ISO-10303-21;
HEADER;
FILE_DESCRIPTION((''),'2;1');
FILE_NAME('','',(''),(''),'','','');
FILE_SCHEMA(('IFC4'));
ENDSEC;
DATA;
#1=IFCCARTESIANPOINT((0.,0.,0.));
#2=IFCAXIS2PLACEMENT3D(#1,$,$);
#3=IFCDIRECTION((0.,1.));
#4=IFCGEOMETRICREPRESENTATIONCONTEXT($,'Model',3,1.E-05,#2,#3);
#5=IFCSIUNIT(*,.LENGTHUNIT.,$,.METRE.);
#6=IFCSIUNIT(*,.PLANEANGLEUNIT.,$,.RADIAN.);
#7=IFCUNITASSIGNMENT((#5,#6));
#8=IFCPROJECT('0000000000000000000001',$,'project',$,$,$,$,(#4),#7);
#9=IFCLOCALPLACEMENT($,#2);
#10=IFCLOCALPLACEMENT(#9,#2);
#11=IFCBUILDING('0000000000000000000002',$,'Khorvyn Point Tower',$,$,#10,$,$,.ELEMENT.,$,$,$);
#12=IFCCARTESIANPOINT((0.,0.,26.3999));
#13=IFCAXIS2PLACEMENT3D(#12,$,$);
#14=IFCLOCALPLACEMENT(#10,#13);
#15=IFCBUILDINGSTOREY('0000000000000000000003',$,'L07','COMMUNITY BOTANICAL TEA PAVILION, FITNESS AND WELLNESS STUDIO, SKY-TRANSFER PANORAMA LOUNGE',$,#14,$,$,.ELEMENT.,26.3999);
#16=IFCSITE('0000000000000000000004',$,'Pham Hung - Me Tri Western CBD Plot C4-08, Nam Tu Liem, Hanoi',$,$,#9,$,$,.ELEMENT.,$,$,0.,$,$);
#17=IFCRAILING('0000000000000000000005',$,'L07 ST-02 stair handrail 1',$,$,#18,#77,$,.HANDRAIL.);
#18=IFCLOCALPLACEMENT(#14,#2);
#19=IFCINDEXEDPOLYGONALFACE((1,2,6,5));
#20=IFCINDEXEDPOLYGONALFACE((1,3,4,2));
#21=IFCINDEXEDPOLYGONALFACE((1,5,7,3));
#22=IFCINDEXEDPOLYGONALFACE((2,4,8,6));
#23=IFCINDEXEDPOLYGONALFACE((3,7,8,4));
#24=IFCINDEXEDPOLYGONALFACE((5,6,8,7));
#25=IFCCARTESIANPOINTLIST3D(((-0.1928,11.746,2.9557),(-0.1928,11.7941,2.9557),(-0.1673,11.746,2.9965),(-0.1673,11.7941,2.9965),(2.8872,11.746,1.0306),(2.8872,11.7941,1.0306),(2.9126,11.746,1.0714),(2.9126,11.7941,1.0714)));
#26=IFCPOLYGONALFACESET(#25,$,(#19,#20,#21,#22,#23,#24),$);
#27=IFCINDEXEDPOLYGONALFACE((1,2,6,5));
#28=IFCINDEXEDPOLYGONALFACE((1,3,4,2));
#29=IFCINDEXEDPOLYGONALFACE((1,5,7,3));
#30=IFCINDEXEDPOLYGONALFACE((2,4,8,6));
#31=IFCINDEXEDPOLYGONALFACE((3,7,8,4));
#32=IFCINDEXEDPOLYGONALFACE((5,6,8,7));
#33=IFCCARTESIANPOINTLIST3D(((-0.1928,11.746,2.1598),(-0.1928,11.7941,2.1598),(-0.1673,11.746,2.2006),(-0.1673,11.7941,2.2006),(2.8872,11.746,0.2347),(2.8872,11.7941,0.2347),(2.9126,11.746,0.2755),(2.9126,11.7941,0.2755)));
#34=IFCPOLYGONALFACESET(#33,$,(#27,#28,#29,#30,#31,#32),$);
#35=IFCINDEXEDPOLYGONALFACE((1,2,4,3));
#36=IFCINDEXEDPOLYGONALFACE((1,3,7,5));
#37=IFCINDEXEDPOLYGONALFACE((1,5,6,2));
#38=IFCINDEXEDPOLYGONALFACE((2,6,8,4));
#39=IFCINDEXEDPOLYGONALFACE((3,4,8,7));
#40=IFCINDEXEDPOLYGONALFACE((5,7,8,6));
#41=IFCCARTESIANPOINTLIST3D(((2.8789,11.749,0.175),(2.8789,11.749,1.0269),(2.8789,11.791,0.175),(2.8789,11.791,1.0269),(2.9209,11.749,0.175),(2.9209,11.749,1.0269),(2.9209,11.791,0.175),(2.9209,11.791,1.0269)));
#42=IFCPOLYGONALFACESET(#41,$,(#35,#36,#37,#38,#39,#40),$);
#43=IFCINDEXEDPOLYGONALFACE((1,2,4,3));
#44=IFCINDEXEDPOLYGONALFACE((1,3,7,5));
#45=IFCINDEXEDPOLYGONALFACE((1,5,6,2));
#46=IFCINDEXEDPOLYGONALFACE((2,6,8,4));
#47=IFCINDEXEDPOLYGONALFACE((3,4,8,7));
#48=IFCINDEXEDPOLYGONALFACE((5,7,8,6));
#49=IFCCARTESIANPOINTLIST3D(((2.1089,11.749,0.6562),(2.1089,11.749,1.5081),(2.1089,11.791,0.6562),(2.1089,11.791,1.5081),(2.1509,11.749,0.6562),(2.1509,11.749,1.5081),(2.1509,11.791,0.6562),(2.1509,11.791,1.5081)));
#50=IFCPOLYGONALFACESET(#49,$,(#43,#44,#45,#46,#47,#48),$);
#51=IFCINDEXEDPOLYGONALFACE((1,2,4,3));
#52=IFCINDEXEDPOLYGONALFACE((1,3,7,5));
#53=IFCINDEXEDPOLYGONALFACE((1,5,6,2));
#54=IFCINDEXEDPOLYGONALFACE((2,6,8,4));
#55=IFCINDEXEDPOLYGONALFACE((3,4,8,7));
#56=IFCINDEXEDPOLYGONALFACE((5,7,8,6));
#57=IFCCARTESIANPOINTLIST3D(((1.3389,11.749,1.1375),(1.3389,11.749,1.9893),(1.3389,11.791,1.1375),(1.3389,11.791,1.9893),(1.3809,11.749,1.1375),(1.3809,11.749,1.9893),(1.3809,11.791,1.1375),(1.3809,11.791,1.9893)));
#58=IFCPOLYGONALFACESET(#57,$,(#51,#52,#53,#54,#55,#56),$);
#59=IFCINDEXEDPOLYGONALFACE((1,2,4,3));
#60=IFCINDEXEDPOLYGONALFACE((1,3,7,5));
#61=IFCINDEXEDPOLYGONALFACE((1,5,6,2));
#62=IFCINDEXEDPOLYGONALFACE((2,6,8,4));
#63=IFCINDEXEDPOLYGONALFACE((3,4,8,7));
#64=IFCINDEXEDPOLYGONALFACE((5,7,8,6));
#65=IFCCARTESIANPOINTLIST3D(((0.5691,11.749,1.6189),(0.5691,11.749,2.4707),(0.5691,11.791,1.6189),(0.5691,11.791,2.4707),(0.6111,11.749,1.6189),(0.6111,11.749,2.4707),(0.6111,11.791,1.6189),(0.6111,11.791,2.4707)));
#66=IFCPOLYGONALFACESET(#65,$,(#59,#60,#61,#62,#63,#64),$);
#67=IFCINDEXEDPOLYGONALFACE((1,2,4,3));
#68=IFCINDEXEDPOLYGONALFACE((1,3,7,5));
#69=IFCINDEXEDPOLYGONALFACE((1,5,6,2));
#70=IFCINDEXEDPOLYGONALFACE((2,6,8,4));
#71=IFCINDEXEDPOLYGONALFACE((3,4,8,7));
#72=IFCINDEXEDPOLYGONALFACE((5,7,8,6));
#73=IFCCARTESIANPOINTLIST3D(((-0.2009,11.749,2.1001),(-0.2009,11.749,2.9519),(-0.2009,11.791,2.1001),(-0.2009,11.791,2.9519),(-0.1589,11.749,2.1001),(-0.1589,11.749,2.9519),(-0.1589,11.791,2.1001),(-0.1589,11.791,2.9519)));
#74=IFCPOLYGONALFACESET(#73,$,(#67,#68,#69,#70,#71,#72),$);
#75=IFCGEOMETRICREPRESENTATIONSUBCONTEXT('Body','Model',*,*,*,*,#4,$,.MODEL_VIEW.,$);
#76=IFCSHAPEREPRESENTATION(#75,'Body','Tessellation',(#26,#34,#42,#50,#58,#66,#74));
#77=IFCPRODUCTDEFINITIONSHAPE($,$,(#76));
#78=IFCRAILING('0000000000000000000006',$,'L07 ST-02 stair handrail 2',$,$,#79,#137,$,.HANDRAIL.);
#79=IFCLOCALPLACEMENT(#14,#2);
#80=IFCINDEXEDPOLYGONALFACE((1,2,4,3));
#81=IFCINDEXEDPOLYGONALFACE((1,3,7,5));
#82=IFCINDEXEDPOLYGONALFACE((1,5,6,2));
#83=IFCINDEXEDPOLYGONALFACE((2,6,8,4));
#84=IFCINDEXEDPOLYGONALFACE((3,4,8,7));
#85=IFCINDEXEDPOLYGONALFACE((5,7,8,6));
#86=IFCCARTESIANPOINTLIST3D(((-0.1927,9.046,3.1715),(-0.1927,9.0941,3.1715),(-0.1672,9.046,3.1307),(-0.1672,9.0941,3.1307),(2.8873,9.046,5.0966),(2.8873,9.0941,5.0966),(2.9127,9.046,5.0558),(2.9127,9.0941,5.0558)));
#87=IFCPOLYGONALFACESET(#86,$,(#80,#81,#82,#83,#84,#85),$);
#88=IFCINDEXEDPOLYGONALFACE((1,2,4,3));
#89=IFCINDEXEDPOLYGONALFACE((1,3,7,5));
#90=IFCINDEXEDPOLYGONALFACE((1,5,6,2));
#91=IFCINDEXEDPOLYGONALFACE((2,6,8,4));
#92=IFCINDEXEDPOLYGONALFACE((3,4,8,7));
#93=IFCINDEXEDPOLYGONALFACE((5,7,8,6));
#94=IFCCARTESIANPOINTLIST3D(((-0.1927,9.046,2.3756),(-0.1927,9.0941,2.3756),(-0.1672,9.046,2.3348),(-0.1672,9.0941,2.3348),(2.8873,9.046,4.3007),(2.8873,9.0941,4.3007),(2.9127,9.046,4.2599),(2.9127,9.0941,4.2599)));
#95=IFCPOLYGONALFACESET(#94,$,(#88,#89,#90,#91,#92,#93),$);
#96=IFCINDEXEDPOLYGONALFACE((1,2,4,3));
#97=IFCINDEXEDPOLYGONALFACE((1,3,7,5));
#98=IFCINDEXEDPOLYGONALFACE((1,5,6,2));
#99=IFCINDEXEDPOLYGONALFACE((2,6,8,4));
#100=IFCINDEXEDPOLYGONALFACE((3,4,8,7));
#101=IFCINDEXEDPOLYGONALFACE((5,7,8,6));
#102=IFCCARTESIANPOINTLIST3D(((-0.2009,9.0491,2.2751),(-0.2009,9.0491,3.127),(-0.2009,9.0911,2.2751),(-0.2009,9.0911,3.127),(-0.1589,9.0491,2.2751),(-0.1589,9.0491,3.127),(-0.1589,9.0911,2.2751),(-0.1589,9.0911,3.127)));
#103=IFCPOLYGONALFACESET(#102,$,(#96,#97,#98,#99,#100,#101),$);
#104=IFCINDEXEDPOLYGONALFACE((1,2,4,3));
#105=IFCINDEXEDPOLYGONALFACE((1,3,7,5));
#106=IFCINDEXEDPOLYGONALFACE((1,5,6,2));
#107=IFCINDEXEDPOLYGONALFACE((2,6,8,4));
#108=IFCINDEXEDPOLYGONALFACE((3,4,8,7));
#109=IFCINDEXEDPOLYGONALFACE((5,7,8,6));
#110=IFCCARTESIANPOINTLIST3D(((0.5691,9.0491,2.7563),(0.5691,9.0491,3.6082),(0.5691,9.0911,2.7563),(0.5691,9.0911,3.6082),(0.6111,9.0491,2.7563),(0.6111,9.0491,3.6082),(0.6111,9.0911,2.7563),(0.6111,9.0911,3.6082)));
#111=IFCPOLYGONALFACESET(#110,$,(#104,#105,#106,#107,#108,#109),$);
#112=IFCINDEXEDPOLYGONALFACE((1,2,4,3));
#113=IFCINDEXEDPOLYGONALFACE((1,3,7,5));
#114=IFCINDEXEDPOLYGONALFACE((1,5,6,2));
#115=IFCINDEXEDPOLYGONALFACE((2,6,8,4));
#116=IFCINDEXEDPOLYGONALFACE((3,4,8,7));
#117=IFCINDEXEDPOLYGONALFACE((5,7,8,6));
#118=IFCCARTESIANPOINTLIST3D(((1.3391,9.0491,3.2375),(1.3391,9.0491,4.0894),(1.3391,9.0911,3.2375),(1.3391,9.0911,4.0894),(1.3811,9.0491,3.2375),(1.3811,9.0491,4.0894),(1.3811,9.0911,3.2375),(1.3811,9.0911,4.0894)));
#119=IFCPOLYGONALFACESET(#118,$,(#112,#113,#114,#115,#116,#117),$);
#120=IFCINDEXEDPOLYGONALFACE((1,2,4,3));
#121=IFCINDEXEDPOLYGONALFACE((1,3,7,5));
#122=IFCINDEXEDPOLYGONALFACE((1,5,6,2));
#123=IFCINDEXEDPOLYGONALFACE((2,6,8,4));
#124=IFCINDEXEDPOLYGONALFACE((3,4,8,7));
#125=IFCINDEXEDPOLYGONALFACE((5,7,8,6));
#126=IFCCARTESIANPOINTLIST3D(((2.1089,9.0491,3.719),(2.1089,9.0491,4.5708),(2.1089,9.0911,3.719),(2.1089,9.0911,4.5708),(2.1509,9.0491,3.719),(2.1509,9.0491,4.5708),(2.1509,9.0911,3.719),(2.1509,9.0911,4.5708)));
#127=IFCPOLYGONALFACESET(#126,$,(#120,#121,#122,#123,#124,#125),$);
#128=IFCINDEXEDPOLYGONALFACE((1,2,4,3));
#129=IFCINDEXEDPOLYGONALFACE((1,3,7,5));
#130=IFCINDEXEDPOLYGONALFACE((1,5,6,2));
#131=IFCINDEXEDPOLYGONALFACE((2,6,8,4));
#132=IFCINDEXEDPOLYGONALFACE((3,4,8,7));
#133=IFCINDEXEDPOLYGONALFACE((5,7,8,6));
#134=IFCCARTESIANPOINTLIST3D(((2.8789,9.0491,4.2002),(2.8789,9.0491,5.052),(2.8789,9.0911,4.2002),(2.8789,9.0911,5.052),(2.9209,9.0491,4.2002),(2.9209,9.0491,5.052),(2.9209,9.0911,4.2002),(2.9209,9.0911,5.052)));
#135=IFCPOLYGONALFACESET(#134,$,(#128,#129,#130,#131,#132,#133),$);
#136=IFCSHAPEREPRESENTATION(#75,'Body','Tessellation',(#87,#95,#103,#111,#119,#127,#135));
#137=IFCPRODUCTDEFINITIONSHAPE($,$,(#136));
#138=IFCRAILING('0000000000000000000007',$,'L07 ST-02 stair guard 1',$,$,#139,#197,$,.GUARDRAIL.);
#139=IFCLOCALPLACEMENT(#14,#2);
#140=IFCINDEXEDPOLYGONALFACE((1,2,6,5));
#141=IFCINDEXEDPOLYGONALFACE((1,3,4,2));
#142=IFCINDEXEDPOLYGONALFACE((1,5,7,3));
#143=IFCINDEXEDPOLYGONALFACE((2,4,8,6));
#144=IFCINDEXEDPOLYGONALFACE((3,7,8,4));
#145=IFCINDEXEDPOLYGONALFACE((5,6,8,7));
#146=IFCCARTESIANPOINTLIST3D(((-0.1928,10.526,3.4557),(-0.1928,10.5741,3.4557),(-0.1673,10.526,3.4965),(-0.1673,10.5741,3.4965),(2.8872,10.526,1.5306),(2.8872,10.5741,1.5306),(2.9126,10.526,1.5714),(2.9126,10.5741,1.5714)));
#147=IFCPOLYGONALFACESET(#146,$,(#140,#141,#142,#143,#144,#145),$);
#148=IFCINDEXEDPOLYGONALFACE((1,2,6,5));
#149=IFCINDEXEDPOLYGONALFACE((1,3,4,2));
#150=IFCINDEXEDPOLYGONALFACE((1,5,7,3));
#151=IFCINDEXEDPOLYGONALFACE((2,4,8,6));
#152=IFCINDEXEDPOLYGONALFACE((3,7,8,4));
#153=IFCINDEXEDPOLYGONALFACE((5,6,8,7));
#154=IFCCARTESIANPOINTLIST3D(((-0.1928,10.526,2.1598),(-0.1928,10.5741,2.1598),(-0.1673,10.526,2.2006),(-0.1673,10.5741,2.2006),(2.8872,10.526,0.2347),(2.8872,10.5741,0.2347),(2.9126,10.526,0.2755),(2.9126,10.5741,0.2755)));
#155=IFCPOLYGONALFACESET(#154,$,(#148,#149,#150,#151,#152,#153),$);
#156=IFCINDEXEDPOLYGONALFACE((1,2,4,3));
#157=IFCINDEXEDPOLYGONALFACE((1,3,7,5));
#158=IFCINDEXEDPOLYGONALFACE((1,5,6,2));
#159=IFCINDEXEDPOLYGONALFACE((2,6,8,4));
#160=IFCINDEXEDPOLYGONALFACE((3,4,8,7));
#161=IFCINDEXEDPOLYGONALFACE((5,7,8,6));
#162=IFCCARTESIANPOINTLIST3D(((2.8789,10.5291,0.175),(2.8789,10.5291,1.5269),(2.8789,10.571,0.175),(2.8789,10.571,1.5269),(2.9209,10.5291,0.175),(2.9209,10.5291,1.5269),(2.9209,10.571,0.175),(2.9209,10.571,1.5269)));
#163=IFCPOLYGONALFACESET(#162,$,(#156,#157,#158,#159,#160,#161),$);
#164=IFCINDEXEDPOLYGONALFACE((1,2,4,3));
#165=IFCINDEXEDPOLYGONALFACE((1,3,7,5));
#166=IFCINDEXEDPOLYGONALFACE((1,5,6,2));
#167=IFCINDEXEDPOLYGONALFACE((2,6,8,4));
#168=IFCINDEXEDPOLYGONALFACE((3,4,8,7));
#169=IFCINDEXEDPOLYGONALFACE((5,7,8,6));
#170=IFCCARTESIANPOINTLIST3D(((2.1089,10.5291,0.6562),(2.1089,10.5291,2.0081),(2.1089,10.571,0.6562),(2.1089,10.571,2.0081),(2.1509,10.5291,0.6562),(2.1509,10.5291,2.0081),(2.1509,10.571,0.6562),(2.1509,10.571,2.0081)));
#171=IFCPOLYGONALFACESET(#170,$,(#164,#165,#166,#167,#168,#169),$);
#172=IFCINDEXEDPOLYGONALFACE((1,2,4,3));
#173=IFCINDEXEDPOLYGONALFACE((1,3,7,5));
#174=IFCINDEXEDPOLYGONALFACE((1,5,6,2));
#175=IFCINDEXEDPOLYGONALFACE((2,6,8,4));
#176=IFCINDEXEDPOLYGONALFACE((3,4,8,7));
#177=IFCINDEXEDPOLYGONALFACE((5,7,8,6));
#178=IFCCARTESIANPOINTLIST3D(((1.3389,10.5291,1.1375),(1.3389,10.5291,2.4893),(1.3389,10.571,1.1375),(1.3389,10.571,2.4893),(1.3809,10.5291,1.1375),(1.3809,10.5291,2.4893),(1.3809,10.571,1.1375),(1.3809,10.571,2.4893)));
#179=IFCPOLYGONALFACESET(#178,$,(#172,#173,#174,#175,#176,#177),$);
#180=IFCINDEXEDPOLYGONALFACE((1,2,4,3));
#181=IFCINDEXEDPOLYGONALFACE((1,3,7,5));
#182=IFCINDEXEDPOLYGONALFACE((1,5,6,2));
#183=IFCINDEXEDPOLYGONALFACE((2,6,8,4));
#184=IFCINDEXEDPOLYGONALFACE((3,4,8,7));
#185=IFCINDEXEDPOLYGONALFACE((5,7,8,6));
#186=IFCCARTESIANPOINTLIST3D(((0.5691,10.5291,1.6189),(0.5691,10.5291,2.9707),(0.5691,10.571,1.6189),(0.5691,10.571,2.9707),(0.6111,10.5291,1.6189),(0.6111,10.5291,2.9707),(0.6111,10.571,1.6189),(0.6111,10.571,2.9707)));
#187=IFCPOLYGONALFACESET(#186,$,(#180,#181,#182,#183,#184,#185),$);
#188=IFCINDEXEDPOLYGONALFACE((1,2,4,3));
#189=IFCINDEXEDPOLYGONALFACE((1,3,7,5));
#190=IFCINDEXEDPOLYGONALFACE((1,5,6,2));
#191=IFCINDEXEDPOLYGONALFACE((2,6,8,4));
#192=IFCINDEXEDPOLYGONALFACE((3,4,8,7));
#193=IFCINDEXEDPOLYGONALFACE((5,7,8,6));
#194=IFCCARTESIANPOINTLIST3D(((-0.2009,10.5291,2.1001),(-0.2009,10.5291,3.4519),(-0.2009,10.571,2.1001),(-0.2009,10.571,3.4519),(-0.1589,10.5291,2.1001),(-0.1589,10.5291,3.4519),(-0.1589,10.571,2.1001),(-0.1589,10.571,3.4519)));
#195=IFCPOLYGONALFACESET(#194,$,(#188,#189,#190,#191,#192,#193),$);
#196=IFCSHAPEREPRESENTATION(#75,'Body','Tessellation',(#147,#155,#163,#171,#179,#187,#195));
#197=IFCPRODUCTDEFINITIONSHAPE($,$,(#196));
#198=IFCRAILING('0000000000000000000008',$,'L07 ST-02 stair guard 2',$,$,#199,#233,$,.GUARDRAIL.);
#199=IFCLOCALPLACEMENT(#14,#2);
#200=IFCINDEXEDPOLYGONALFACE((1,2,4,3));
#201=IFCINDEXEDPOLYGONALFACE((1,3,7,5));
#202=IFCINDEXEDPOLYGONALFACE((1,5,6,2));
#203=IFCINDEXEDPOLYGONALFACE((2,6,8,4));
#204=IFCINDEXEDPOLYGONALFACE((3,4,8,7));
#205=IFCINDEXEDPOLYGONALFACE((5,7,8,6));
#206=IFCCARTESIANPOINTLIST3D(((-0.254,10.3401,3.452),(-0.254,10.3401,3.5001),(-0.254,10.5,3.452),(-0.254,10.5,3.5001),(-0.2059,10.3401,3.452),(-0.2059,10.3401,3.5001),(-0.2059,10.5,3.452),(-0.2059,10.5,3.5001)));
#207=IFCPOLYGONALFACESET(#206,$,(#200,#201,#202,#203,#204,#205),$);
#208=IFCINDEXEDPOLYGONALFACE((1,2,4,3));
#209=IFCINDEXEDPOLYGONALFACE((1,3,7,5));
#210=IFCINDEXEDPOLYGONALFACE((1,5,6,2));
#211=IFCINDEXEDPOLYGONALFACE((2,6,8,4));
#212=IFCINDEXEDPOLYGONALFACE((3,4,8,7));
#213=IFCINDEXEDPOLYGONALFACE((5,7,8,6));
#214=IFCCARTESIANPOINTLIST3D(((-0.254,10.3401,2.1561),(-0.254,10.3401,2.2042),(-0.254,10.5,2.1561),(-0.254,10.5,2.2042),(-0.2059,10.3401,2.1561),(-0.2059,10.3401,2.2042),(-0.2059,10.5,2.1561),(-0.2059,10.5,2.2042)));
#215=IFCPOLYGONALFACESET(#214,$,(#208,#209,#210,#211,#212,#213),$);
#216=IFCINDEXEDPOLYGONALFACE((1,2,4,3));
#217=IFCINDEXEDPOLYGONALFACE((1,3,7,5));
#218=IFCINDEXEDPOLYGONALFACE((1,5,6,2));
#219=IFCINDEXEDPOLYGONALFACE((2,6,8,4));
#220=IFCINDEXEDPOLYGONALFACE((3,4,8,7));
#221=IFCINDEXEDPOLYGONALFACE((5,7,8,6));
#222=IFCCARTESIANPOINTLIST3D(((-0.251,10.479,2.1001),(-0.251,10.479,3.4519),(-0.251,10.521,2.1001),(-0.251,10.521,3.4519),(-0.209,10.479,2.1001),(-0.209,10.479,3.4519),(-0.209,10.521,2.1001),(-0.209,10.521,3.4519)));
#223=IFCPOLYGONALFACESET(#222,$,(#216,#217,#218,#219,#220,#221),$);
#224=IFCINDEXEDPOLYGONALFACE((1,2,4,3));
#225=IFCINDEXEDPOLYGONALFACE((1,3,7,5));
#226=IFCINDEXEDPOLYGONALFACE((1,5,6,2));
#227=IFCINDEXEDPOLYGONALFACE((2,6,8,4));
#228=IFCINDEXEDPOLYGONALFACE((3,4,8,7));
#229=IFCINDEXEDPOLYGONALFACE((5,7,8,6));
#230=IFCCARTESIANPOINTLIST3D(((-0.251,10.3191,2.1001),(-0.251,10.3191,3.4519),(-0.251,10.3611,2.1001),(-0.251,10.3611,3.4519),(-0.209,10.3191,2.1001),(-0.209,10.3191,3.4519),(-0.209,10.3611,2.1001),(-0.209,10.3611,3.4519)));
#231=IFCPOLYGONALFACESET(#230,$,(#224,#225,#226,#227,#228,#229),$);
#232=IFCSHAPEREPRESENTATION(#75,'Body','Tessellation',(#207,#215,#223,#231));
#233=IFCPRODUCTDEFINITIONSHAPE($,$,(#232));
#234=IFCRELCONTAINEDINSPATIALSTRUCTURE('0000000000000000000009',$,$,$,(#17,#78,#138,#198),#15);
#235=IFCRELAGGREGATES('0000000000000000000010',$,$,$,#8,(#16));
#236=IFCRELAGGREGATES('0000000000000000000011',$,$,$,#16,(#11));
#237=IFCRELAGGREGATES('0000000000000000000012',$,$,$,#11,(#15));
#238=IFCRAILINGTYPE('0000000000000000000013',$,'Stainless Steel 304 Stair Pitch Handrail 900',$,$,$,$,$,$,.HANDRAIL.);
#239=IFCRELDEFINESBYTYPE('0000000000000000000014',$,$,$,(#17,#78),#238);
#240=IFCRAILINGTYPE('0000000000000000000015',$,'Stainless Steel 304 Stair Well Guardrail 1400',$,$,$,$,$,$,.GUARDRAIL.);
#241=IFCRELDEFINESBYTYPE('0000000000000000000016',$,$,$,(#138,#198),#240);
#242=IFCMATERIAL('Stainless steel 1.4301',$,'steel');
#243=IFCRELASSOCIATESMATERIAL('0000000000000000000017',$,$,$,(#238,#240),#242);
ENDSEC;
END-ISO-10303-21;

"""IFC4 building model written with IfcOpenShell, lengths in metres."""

from ifc_helpers import new_model, si_unit, direction, frame, origin, origin_2d, place, context, subcontext, project, spatial, rectangle, extrude, material, type_object, element, save


model = new_model("IFC4")

# Units and contexts
model_context = context("Model", 3, precision=1e-05, world=origin(), true_north=direction((0.0, 1.0)))
body_context = subcontext(model_context, "Body", "Model", "MODEL_VIEW")
ifc_project = project(units=[si_unit("LENGTHUNIT", "METRE"), si_unit("PLANEANGLEUNIT", "RADIAN")], contexts=[model_context])

# Site, building, storey
site_placement = place(None, origin())
site = spatial("IfcSite", under=ifc_project, at=site_placement, Name="Pham Hung - Me Tri Western CBD Plot C4-08, Nam Tu Liem, Hanoi", CompositionType="ELEMENT", RefElevation=0.0)
building_placement = place(site_placement, origin())
building = spatial("IfcBuilding", under=site, at=building_placement, Name="Khorvyn Point Tower", CompositionType="ELEMENT")
storey_placement = place(building_placement, frame((0.0, 0.0, 26.3999)))
storey = spatial("IfcBuildingStorey", under=building, at=storey_placement, Name="L07", Description="COMMUNITY BOTANICAL TEA PAVILION, FITNESS AND WELLNESS STUDIO, SKY-TRANSFER PANORAMA LOUNGE", CompositionType="ELEMENT", Elevation=26.3999)

# Railings
ifc_material_1 = material(Name="Stainless steel 1.4301", Category="steel")
railing_type_1 = type_object("IfcRailingType", Name="Stainless Steel 304 Stair Pitch Handrail 900", PredefinedType="HANDRAIL", material=ifc_material_1)
railing_1_placement = place(storey_placement, frame((2.8999, 11.77, 0.175)))
element("IfcRailing", 1, at=railing_1_placement, inside=storey, type_object=railing_type_1, Name="L07 ST-02 stair handrail 1", PredefinedType="HANDRAIL", context=body_context, shape_type="SweptSolid", body=[
    extrude(rectangle(XDim=0.0481, YDim=0.0481, at=origin_2d()), frame((0.0, 0.0, 0.876), z_axis=(-0.847979, 0.0, 0.530029), x_axis=(0.0, -1.0, 0.0)), (0.0, 0.0, 1.0), 3.6321),
    extrude(rectangle(XDim=0.0481, YDim=0.0481, at=origin_2d()), frame((0.0, 0.0, 0.0801), z_axis=(-0.847979, 0.0, 0.530029), x_axis=(0.0, -1.0, 0.0)), (0.0, 0.0, 1.0), 3.6321),
    extrude(rectangle(XDim=0.042, YDim=0.042, at=origin_2d()), origin(), (0.0, 0.0, 1.0), 0.8518),
    extrude(rectangle(XDim=0.042, YDim=0.042, at=origin_2d()), frame((-0.77, 0.0, 0.4812)), (0.0, 0.0, 1.0), 0.8518),
    extrude(rectangle(XDim=0.042, YDim=0.042, at=origin_2d()), frame((-1.54, 0.0, 0.9624)), (0.0, 0.0, 1.0), 0.8518),
    extrude(rectangle(XDim=0.042, YDim=0.042, at=origin_2d()), frame((-2.3098, 0.0, 1.4438)), (0.0, 0.0, 1.0), 0.8518),
    extrude(rectangle(XDim=0.042, YDim=0.042, at=origin_2d()), frame((-3.0798, 0.0, 1.925)), (0.0, 0.0, 1.0), 0.8518),
])
railing_2_placement = place(storey_placement, frame((-0.1799, 9.0701, 2.2751)))
element("IfcRailing", 2, at=railing_2_placement, inside=storey, type_object=railing_type_1, Name="L07 ST-02 stair handrail 2", PredefinedType="HANDRAIL", context=body_context, shape_type="SweptSolid", body=[
    extrude(rectangle(XDim=0.0481, YDim=0.0481, at=origin_2d()), frame((0.0, 0.0, 0.876), z_axis=(0.847979, 0.0, 0.530029), x_axis=(0.0, 1.0, 0.0)), (0.0, 0.0, 1.0), 3.6321),
    extrude(rectangle(XDim=0.0481, YDim=0.0481, at=origin_2d()), frame((0.0, 0.0, 0.0801), z_axis=(0.847979, 0.0, 0.530029), x_axis=(0.0, 1.0, 0.0)), (0.0, 0.0, 1.0), 3.6321),
    extrude(rectangle(XDim=0.042, YDim=0.042, at=origin_2d()), origin(), (0.0, 0.0, 1.0), 0.8518),
    extrude(rectangle(XDim=0.042, YDim=0.042, at=origin_2d()), frame((0.77, 0.0, 0.4812)), (0.0, 0.0, 1.0), 0.8518),
    extrude(rectangle(XDim=0.042, YDim=0.042, at=origin_2d()), frame((1.54, 0.0, 0.9624)), (0.0, 0.0, 1.0), 0.8518),
    extrude(rectangle(XDim=0.042, YDim=0.042, at=origin_2d()), frame((2.3098, 0.0, 1.4438)), (0.0, 0.0, 1.0), 0.8518),
    extrude(rectangle(XDim=0.042, YDim=0.042, at=origin_2d()), frame((3.0798, 0.0, 1.925)), (0.0, 0.0, 1.0), 0.8518),
])
railing_type_2 = type_object("IfcRailingType", Name="Stainless Steel 304 Stair Well Guardrail 1400", PredefinedType="GUARDRAIL", material=ifc_material_1)
railing_3_placement = place(storey_placement, frame((2.8999, 10.55, 0.175)))
element("IfcRailing", 3, at=railing_3_placement, inside=storey, type_object=railing_type_2, Name="L07 ST-02 stair guard 1", PredefinedType="GUARDRAIL", context=body_context, shape_type="SweptSolid", body=[
    extrude(rectangle(XDim=0.0481, YDim=0.0481, at=origin_2d()), frame((0.0, 0.0, 1.376), z_axis=(-0.847979, 0.0, 0.530029), x_axis=(0.0, -1.0, 0.0)), (0.0, 0.0, 1.0), 3.6321),
    extrude(rectangle(XDim=0.0481, YDim=0.0481, at=origin_2d()), frame((0.0, 0.0, 0.0801), z_axis=(-0.847979, 0.0, 0.530029), x_axis=(0.0, -1.0, 0.0)), (0.0, 0.0, 1.0), 3.6321),
    extrude(rectangle(XDim=0.042, YDim=0.042, at=origin_2d()), origin(), (0.0, 0.0, 1.0), 1.3518),
    extrude(rectangle(XDim=0.042, YDim=0.042, at=origin_2d()), frame((-0.77, 0.0, 0.4812)), (0.0, 0.0, 1.0), 1.3518),
    extrude(rectangle(XDim=0.042, YDim=0.042, at=origin_2d()), frame((-1.54, 0.0, 0.9624)), (0.0, 0.0, 1.0), 1.3518),
    extrude(rectangle(XDim=0.042, YDim=0.042, at=origin_2d()), frame((-2.3098, 0.0, 1.4438)), (0.0, 0.0, 1.0), 1.3518),
    extrude(rectangle(XDim=0.042, YDim=0.042, at=origin_2d()), frame((-3.0798, 0.0, 1.925)), (0.0, 0.0, 1.0), 1.3518),
])
railing_4_placement = place(storey_placement, frame((-0.23, 10.5, 2.1001)))
element("IfcRailing", 4, at=railing_4_placement, inside=storey, type_object=railing_type_2, Name="L07 ST-02 stair guard 2", PredefinedType="GUARDRAIL", context=body_context, shape_type="SweptSolid", body=[
    extrude(rectangle(XDim=0.0481, YDim=0.0481, at=origin_2d()), frame((0.0, 0.0, 1.376), z_axis=(0.0, -1.0, 0.0), x_axis=(1.0, 0.0, 0.0)), (0.0, 0.0, 1.0), 0.1599),
    extrude(rectangle(XDim=0.0481, YDim=0.0481, at=origin_2d()), frame((0.0, 0.0, 0.0801), z_axis=(0.0, -1.0, 0.0), x_axis=(1.0, 0.0, 0.0)), (0.0, 0.0, 1.0), 0.1599),
    extrude(rectangle(XDim=0.042, YDim=0.042, at=origin_2d()), origin(), (0.0, 0.0, 1.0), 1.3518),
    extrude(rectangle(XDim=0.042, YDim=0.042, at=origin_2d()), frame((0.0, -0.1599, 0.0)), (0.0, 0.0, 1.0), 1.3518),
])

save(model, "model.ifc")
